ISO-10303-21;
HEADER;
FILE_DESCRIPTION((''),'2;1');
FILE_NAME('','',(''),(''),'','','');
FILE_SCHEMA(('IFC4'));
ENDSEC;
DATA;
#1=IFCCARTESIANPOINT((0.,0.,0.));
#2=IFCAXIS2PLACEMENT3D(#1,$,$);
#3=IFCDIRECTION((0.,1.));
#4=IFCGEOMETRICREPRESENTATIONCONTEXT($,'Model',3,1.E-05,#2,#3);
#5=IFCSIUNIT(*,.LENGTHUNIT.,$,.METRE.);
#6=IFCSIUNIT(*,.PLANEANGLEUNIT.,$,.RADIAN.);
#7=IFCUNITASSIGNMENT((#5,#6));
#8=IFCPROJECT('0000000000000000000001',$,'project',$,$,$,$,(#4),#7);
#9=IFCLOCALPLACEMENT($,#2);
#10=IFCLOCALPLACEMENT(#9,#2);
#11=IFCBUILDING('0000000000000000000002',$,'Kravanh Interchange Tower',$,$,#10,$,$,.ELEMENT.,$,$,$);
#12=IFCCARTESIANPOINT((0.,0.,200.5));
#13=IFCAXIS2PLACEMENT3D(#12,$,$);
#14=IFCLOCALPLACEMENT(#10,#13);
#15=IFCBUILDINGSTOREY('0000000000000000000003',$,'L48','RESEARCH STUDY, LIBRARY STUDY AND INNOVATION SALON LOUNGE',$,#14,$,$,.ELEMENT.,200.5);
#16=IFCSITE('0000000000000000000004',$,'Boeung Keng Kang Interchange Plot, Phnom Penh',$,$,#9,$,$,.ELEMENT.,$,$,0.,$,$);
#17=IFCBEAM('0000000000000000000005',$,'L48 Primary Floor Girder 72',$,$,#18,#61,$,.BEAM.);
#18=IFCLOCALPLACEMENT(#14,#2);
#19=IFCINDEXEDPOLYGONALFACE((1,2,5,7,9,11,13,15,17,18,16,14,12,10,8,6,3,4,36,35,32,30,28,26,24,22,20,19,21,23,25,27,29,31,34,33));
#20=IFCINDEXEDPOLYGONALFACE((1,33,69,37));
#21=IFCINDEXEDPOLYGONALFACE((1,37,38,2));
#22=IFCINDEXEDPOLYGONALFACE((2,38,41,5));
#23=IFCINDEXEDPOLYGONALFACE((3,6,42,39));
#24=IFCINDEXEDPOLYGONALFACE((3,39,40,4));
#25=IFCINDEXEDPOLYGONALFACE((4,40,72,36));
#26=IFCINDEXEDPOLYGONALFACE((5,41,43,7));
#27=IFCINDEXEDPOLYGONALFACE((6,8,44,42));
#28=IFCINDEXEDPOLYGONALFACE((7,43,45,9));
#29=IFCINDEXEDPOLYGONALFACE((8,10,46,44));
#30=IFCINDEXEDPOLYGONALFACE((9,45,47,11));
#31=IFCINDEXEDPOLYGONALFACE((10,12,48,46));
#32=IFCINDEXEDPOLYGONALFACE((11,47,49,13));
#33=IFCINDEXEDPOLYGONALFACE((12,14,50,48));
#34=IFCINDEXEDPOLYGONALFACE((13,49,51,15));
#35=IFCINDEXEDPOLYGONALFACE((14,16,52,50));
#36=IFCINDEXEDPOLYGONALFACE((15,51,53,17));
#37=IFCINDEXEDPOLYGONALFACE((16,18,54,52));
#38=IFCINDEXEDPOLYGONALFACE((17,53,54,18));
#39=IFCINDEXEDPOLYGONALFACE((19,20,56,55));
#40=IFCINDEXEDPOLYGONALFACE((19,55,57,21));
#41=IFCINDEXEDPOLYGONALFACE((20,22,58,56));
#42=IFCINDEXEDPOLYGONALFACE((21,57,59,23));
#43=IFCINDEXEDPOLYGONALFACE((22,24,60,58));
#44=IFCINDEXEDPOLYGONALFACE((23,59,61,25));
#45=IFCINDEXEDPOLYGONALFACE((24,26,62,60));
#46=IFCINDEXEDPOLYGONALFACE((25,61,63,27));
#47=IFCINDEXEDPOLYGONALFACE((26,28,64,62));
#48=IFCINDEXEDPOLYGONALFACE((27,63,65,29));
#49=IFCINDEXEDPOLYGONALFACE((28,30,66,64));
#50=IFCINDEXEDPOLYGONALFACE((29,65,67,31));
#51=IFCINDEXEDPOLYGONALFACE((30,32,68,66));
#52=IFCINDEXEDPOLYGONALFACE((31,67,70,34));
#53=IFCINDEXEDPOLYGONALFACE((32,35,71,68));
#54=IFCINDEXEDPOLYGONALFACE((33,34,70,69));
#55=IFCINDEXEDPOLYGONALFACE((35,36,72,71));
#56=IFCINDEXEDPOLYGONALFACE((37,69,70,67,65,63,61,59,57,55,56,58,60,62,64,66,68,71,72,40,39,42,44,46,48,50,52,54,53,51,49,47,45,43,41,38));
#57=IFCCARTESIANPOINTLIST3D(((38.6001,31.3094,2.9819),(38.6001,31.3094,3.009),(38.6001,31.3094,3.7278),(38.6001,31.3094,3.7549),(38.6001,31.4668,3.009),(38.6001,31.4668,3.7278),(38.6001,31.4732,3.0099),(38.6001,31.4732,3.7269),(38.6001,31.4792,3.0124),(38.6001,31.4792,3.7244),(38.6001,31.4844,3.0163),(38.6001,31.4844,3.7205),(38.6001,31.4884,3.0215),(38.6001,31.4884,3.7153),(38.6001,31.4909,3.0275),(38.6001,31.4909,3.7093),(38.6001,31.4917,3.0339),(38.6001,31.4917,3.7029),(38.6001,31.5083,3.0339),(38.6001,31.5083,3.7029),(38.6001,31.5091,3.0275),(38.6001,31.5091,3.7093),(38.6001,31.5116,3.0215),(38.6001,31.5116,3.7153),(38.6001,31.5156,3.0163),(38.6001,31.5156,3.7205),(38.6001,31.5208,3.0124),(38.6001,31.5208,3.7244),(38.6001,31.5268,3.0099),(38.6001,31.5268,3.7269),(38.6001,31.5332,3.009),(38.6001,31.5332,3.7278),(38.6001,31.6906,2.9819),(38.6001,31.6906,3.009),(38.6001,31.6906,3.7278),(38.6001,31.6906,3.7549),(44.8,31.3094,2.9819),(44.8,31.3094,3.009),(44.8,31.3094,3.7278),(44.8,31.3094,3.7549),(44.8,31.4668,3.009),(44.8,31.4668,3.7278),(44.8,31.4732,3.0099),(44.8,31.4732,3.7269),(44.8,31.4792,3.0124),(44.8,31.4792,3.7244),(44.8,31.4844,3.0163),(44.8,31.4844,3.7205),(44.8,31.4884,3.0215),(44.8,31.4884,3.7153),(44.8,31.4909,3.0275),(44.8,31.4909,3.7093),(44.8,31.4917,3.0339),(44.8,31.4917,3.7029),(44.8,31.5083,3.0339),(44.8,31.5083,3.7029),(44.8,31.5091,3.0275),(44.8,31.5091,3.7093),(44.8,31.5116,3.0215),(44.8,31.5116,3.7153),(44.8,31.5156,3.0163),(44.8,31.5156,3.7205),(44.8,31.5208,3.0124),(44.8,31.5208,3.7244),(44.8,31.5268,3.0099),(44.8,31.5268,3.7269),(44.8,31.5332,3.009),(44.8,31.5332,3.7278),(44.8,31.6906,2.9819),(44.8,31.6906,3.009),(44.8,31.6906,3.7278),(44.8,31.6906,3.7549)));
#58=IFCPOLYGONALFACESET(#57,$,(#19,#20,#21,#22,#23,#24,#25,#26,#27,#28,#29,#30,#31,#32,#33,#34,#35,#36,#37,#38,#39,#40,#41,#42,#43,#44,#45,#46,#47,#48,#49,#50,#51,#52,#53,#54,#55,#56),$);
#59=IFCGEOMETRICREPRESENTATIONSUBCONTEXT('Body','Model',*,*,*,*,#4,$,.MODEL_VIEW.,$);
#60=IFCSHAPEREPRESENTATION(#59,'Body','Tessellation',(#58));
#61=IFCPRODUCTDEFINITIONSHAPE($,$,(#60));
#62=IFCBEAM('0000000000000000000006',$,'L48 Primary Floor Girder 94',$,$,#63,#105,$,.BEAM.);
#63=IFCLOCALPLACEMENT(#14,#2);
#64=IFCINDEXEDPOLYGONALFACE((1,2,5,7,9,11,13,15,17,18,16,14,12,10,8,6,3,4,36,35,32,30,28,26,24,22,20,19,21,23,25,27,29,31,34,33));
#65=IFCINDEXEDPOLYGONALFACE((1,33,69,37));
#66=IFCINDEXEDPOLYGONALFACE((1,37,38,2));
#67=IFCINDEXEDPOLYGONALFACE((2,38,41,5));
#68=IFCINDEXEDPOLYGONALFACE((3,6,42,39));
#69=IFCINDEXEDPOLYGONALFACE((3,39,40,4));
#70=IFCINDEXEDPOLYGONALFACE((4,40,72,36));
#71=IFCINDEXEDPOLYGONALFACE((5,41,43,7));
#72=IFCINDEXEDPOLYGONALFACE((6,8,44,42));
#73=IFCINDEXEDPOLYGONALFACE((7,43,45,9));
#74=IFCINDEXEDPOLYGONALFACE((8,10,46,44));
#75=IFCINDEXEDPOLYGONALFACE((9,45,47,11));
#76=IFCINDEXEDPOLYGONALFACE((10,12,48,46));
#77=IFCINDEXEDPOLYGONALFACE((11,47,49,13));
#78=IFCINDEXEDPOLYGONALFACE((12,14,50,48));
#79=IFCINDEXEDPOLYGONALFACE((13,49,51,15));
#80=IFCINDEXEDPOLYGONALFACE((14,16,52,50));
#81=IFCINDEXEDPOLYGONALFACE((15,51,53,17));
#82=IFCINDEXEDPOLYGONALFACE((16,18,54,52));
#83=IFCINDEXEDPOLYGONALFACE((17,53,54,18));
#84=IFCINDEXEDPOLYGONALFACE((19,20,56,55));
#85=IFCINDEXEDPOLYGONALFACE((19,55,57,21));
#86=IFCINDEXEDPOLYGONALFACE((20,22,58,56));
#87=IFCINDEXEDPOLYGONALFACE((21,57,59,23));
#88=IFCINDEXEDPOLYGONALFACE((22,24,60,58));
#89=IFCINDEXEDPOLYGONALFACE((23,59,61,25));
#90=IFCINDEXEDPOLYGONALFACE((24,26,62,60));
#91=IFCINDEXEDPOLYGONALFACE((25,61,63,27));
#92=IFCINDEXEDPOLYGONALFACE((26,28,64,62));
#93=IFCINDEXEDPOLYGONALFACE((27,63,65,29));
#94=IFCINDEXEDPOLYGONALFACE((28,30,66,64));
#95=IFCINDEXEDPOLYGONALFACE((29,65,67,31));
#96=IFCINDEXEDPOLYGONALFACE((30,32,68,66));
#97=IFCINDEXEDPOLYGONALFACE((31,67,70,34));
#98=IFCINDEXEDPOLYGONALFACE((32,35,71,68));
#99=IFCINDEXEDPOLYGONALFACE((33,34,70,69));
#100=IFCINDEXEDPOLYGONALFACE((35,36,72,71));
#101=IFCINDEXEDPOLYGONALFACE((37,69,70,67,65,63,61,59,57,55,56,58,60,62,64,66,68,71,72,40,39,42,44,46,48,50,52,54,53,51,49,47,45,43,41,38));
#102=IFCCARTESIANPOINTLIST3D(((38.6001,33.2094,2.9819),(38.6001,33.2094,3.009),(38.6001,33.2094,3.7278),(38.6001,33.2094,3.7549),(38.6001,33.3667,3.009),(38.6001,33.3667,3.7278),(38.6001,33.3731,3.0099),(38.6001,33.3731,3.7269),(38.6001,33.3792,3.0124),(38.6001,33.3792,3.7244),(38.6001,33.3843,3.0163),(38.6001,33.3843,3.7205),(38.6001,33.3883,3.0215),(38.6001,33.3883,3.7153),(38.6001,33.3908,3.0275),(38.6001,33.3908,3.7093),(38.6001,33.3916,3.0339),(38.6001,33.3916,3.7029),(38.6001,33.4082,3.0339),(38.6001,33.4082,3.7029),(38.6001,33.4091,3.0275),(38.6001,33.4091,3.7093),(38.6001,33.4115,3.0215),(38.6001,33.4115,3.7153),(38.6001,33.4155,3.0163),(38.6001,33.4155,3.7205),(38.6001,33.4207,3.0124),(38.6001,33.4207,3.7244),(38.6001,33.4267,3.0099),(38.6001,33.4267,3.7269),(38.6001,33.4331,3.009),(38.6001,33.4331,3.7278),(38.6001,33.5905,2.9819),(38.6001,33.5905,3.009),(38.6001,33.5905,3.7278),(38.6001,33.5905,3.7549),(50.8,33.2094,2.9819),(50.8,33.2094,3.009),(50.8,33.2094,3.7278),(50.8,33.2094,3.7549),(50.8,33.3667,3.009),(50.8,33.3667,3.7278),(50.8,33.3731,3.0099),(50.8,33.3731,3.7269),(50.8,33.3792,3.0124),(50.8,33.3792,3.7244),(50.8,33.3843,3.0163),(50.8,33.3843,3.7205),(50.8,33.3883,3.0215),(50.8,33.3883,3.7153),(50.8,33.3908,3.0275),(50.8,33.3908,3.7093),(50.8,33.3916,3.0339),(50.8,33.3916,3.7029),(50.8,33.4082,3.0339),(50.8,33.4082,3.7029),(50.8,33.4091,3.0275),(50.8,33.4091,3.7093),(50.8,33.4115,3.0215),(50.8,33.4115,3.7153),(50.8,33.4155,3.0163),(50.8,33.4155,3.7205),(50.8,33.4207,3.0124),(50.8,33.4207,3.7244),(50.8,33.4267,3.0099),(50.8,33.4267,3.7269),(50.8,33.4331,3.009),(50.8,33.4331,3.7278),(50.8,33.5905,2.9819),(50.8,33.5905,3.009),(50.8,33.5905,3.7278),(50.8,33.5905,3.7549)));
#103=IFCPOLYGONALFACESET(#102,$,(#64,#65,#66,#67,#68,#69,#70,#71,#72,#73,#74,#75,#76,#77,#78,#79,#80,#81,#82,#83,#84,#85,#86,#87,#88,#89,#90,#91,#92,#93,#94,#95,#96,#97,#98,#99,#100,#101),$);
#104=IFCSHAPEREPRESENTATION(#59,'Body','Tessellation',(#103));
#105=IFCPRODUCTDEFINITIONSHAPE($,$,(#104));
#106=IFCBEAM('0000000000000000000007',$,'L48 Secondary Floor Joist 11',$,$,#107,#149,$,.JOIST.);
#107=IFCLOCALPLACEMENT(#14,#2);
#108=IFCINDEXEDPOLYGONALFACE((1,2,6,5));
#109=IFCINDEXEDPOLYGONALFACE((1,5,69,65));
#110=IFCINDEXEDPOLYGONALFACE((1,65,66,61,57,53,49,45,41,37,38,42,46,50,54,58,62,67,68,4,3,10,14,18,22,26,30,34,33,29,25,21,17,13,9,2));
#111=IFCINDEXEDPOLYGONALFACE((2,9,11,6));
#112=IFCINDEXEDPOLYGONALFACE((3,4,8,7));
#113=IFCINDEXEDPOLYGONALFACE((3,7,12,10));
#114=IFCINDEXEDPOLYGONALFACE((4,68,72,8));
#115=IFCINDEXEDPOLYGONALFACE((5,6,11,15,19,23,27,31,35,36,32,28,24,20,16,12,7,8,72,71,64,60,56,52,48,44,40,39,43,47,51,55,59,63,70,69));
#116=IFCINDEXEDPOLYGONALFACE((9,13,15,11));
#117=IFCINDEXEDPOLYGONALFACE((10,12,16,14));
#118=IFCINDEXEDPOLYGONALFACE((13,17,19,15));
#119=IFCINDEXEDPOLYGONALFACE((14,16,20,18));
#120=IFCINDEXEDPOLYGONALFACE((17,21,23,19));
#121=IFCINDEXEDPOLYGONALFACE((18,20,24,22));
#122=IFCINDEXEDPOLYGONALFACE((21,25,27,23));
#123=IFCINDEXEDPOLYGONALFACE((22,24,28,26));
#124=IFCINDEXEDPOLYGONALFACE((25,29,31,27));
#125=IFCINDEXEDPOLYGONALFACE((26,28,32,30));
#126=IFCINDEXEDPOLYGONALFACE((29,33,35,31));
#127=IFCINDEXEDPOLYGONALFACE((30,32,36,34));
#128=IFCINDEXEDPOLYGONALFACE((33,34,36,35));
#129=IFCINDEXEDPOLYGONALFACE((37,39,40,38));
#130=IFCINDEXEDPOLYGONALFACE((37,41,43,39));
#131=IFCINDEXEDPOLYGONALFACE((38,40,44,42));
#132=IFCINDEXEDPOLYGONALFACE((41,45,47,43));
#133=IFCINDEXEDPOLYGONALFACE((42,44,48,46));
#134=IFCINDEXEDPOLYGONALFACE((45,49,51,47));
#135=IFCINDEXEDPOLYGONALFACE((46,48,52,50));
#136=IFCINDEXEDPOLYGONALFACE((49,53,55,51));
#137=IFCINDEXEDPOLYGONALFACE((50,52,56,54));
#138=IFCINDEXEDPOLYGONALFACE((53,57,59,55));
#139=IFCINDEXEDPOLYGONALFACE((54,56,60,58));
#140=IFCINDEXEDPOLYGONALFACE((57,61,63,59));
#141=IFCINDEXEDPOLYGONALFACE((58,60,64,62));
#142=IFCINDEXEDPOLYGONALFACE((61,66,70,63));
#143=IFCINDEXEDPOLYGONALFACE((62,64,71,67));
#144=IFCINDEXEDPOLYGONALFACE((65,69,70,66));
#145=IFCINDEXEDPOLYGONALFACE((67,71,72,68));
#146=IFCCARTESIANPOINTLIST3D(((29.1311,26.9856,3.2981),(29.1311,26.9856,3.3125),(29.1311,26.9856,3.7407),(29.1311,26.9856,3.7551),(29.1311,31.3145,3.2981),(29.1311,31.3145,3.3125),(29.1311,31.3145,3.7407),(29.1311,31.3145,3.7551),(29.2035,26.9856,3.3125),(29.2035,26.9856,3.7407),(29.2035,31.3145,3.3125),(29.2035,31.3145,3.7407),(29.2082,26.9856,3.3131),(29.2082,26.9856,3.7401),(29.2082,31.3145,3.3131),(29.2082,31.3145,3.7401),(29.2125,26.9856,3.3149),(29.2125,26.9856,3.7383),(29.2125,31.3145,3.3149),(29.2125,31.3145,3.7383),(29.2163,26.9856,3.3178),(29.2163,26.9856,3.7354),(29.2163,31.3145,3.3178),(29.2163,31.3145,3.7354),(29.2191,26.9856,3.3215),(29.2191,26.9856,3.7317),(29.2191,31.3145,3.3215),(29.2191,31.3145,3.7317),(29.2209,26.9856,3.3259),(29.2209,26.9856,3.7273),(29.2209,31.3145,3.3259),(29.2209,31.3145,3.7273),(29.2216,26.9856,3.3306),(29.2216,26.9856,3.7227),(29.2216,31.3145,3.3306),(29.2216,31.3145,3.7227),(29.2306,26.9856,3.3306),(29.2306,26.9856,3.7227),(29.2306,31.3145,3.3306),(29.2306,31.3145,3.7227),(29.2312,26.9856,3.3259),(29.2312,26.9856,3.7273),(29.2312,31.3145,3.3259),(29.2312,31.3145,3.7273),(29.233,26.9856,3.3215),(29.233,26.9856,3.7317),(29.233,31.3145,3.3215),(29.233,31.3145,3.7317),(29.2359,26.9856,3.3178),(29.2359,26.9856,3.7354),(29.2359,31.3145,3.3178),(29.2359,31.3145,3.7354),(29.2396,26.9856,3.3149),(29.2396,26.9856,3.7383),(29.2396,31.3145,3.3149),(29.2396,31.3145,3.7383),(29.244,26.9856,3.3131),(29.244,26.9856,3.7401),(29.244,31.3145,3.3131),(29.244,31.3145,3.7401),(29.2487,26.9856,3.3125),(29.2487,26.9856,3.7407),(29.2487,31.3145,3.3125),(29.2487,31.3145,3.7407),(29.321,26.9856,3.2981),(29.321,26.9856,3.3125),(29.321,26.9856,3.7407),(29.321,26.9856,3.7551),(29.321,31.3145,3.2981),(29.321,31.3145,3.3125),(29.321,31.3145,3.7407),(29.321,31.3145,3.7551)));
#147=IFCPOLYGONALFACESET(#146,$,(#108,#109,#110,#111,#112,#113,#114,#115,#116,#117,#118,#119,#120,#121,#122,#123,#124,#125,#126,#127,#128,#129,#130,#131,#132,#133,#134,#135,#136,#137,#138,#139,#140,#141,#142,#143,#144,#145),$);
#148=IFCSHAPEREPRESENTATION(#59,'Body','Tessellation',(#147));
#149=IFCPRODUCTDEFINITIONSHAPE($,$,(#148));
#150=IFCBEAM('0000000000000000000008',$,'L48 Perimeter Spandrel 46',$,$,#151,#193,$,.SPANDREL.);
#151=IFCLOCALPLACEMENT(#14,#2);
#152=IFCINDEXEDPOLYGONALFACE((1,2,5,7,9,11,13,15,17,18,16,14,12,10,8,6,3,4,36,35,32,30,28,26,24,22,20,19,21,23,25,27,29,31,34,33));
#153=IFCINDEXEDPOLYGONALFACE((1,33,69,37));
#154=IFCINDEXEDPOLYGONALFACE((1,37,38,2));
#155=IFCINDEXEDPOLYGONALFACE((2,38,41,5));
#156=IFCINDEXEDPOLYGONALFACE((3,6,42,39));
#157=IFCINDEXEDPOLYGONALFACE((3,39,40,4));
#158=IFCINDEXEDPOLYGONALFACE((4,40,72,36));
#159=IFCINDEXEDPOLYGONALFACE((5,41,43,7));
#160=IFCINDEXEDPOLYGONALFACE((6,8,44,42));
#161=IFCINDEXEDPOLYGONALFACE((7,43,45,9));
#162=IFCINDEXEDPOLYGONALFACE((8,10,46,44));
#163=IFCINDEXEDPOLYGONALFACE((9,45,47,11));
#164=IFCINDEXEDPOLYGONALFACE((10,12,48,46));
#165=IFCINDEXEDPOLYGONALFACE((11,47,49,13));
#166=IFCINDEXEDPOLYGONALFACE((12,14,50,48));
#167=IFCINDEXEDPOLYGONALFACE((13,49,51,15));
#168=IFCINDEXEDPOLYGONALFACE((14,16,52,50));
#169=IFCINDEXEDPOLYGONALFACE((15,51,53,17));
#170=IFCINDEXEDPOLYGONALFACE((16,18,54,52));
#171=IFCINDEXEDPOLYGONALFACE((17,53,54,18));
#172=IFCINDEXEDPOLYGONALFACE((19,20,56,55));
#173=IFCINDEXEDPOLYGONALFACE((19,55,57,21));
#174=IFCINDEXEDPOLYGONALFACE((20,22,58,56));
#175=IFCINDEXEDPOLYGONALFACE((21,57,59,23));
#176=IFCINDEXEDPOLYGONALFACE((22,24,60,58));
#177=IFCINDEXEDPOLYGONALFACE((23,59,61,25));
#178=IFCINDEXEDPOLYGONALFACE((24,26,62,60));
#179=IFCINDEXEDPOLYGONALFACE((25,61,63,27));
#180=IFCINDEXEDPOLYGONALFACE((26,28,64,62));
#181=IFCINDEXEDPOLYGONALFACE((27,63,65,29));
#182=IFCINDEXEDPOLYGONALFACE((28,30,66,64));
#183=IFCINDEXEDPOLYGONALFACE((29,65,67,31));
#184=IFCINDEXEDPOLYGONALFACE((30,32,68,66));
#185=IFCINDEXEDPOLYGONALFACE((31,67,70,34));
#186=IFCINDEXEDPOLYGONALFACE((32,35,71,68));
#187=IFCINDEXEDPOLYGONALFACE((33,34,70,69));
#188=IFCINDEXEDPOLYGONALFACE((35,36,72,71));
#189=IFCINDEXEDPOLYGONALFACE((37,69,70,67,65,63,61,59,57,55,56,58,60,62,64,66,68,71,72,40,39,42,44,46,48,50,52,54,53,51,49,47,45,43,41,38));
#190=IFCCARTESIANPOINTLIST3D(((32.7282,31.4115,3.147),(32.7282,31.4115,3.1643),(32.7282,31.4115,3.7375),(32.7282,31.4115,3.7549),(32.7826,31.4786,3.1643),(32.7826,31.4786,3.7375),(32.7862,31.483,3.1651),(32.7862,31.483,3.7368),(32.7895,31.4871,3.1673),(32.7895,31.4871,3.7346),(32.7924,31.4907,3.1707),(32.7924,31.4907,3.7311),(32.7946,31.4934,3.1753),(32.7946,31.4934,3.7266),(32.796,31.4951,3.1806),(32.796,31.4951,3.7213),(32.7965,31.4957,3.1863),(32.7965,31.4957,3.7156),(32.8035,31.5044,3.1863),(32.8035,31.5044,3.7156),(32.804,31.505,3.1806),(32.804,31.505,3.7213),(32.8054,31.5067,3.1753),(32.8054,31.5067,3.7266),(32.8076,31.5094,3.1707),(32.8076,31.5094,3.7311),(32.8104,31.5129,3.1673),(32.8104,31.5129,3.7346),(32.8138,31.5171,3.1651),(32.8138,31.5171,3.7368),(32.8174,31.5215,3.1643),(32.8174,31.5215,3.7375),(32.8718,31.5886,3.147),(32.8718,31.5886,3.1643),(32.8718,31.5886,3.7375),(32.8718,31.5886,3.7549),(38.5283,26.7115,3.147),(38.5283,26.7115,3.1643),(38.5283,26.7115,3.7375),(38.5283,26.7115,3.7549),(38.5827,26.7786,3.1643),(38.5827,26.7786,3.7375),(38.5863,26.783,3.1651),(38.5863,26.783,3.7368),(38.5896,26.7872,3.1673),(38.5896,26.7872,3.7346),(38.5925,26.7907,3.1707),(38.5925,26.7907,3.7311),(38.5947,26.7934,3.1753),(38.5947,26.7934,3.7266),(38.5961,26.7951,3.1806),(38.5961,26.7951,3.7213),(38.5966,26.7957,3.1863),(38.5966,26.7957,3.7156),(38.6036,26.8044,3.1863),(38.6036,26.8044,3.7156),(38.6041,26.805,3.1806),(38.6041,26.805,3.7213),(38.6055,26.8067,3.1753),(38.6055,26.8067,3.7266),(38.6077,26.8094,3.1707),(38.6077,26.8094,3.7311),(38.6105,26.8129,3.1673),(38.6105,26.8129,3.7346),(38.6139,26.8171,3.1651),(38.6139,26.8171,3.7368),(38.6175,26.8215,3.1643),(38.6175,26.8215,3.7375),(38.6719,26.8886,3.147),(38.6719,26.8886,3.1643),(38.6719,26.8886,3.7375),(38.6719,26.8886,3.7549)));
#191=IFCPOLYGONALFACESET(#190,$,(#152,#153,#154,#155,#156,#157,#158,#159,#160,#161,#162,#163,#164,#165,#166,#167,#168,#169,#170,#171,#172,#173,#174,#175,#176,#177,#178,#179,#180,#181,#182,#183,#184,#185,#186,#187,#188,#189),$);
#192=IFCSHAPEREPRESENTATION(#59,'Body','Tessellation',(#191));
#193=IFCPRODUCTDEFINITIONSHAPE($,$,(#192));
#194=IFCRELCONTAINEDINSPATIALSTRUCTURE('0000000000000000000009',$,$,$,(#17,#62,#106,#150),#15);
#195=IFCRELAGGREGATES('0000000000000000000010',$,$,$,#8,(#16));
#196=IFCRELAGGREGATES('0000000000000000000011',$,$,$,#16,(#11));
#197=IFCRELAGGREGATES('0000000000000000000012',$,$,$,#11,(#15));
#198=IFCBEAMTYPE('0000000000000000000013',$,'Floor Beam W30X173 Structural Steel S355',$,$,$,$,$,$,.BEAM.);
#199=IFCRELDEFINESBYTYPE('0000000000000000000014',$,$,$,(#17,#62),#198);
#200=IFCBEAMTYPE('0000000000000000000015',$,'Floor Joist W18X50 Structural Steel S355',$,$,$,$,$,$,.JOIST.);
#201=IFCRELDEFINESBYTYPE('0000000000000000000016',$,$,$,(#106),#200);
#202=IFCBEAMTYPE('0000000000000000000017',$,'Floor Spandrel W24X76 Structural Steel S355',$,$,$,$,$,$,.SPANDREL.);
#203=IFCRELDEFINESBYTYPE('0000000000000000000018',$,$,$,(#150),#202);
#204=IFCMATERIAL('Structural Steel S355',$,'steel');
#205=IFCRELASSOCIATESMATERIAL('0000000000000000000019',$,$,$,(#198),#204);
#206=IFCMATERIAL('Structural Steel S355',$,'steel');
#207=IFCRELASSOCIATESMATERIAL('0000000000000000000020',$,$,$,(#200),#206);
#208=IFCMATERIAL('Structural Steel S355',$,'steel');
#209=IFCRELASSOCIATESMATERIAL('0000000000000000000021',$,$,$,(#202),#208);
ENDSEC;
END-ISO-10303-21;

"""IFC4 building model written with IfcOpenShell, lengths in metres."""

from ifc_helpers import new_model, si_unit, direction, frame, origin, origin_2d, place, context, subcontext, project, spatial, i_section, extrude, material, material_profile, profile_set, type_object, element, save


model = new_model("IFC4")

# Units and contexts
model_context = context("Model", 3, precision=1e-05, world=origin(), true_north=direction((0.0, 1.0)))
body_context = subcontext(model_context, "Body", "Model", "MODEL_VIEW")
ifc_project = project(units=[si_unit("LENGTHUNIT", "METRE"), si_unit("PLANEANGLEUNIT", "RADIAN")], contexts=[model_context])

# Site, building, storey
site_placement = place(None, origin())
site = spatial("IfcSite", under=ifc_project, at=site_placement, Name="Boeung Keng Kang Interchange Plot, Phnom Penh", CompositionType="ELEMENT", RefElevation=0.0)
building_placement = place(site_placement, origin())
building = spatial("IfcBuilding", under=site, at=building_placement, Name="Kravanh Interchange Tower", CompositionType="ELEMENT")
storey_placement = place(building_placement, frame((0.0, 0.0, 200.5)))
storey = spatial("IfcBuildingStorey", under=building, at=storey_placement, Name="L48", Description="RESEARCH STUDY, LIBRARY STUDY AND INNOVATION SALON LOUNGE", CompositionType="ELEMENT", Elevation=200.5)

# Beams
ifc_material_1 = material(Name="Structural Steel S355", Category="steel")
ifc_material_profile_1 = material_profile(ifc_material_1, i_section(OverallWidth=0.3811, OverallDepth=0.7729, WebThickness=0.0166, FlangeThickness=0.0271, FilletRadius=0.0249, at=origin_2d()), Name="W30X173")
ifc_profile_set_1 = profile_set([ifc_material_profile_1], Name="Structural Steel S355")
beam_type_1 = type_object("IfcBeamType", Name="Floor Beam W30X173 Structural Steel S355", PredefinedType="BEAM", material=ifc_profile_set_1)
beam_1_placement = place(storey_placement, frame((38.6001, 31.5, 3.3684), z_axis=(1.0, 0.0, 0.0), x_axis=(0.0, 1.0, 0.0)))
element("IfcBeam", 1, at=beam_1_placement, inside=storey, type_object=beam_type_1, Name="L48 Primary Floor Girder 72", PredefinedType="BEAM", context=body_context, shape_type="SweptSolid", body=[
    extrude(i_section(OverallWidth=0.3811, OverallDepth=0.7729, WebThickness=0.0166, FlangeThickness=0.0271, FilletRadius=0.0249, at=origin_2d()), origin(), (0.0, 0.0, 1.0), 6.2),
])
beam_2_placement = place(storey_placement, frame((38.6001, 33.3999, 3.3684), z_axis=(1.0, 0.0, 0.0), x_axis=(0.0, 1.0, 0.0)))
element("IfcBeam", 2, at=beam_2_placement, inside=storey, type_object=beam_type_1, Name="L48 Primary Floor Girder 94", PredefinedType="BEAM", context=body_context, shape_type="SweptSolid", body=[
    extrude(i_section(OverallWidth=0.3811, OverallDepth=0.7729, WebThickness=0.0166, FlangeThickness=0.0271, FilletRadius=0.0249, at=origin_2d()), origin(), (0.0, 0.0, 1.0), 12.2),
])
ifc_material_2 = material(Name="Structural Steel S355", Category="steel")
ifc_material_profile_2 = material_profile(ifc_material_2, i_section(OverallWidth=0.1899, OverallDepth=0.457, WebThickness=0.009, FlangeThickness=0.0144, FilletRadius=0.0181, at=origin_2d()), Name="W18X50")
ifc_profile_set_2 = profile_set([ifc_material_profile_2], Name="Structural Steel S355")
beam_type_2 = type_object("IfcBeamType", Name="Floor Joist W18X50 Structural Steel S355", PredefinedType="JOIST", material=ifc_profile_set_2)
beam_3_placement = place(storey_placement, frame((29.2261, 26.9856, 3.5266), z_axis=(0.0, 1.0, 0.0), x_axis=(-1.0, 0.0, 0.0)))
element("IfcBeam", 3, at=beam_3_placement, inside=storey, type_object=beam_type_2, Name="L48 Secondary Floor Joist 11", PredefinedType="JOIST", context=body_context, shape_type="SweptSolid", body=[
    extrude(i_section(OverallWidth=0.1899, OverallDepth=0.457, WebThickness=0.009, FlangeThickness=0.0144, FilletRadius=0.0181, at=origin_2d()), origin(), (0.0, 0.0, 1.0), 4.3289),
])
ifc_material_3 = material(Name="Structural Steel S355", Category="steel")
ifc_material_profile_3 = material_profile(ifc_material_3, i_section(OverallWidth=0.228, OverallDepth=0.6079, WebThickness=0.0112, FlangeThickness=0.0173, FilletRadius=0.022, at=origin_2d()), Name="W24X76")
ifc_profile_set_3 = profile_set([ifc_material_profile_3], Name="Structural Steel S355")
beam_type_3 = type_object("IfcBeamType", Name="Floor Spandrel W24X76 Structural Steel S355", PredefinedType="SPANDREL", material=ifc_profile_set_3)
beam_4_placement = place(storey_placement, frame((38.6001, 26.8, 3.4509), z_axis=(-0.776939, 0.629576, 0.0), x_axis=(-0.629576, -0.776939, 0.0)))
element("IfcBeam", 4, at=beam_4_placement, inside=storey, type_object=beam_type_3, Name="L48 Perimeter Spandrel 46", PredefinedType="SPANDREL", context=body_context, shape_type="SweptSolid", body=[
    extrude(i_section(OverallWidth=0.228, OverallDepth=0.6079, WebThickness=0.0112, FlangeThickness=0.0173, FilletRadius=0.022, at=origin_2d()), origin(), (0.0, 0.0, 1.0), 7.4653),
])

save(model, "model.ifc")
